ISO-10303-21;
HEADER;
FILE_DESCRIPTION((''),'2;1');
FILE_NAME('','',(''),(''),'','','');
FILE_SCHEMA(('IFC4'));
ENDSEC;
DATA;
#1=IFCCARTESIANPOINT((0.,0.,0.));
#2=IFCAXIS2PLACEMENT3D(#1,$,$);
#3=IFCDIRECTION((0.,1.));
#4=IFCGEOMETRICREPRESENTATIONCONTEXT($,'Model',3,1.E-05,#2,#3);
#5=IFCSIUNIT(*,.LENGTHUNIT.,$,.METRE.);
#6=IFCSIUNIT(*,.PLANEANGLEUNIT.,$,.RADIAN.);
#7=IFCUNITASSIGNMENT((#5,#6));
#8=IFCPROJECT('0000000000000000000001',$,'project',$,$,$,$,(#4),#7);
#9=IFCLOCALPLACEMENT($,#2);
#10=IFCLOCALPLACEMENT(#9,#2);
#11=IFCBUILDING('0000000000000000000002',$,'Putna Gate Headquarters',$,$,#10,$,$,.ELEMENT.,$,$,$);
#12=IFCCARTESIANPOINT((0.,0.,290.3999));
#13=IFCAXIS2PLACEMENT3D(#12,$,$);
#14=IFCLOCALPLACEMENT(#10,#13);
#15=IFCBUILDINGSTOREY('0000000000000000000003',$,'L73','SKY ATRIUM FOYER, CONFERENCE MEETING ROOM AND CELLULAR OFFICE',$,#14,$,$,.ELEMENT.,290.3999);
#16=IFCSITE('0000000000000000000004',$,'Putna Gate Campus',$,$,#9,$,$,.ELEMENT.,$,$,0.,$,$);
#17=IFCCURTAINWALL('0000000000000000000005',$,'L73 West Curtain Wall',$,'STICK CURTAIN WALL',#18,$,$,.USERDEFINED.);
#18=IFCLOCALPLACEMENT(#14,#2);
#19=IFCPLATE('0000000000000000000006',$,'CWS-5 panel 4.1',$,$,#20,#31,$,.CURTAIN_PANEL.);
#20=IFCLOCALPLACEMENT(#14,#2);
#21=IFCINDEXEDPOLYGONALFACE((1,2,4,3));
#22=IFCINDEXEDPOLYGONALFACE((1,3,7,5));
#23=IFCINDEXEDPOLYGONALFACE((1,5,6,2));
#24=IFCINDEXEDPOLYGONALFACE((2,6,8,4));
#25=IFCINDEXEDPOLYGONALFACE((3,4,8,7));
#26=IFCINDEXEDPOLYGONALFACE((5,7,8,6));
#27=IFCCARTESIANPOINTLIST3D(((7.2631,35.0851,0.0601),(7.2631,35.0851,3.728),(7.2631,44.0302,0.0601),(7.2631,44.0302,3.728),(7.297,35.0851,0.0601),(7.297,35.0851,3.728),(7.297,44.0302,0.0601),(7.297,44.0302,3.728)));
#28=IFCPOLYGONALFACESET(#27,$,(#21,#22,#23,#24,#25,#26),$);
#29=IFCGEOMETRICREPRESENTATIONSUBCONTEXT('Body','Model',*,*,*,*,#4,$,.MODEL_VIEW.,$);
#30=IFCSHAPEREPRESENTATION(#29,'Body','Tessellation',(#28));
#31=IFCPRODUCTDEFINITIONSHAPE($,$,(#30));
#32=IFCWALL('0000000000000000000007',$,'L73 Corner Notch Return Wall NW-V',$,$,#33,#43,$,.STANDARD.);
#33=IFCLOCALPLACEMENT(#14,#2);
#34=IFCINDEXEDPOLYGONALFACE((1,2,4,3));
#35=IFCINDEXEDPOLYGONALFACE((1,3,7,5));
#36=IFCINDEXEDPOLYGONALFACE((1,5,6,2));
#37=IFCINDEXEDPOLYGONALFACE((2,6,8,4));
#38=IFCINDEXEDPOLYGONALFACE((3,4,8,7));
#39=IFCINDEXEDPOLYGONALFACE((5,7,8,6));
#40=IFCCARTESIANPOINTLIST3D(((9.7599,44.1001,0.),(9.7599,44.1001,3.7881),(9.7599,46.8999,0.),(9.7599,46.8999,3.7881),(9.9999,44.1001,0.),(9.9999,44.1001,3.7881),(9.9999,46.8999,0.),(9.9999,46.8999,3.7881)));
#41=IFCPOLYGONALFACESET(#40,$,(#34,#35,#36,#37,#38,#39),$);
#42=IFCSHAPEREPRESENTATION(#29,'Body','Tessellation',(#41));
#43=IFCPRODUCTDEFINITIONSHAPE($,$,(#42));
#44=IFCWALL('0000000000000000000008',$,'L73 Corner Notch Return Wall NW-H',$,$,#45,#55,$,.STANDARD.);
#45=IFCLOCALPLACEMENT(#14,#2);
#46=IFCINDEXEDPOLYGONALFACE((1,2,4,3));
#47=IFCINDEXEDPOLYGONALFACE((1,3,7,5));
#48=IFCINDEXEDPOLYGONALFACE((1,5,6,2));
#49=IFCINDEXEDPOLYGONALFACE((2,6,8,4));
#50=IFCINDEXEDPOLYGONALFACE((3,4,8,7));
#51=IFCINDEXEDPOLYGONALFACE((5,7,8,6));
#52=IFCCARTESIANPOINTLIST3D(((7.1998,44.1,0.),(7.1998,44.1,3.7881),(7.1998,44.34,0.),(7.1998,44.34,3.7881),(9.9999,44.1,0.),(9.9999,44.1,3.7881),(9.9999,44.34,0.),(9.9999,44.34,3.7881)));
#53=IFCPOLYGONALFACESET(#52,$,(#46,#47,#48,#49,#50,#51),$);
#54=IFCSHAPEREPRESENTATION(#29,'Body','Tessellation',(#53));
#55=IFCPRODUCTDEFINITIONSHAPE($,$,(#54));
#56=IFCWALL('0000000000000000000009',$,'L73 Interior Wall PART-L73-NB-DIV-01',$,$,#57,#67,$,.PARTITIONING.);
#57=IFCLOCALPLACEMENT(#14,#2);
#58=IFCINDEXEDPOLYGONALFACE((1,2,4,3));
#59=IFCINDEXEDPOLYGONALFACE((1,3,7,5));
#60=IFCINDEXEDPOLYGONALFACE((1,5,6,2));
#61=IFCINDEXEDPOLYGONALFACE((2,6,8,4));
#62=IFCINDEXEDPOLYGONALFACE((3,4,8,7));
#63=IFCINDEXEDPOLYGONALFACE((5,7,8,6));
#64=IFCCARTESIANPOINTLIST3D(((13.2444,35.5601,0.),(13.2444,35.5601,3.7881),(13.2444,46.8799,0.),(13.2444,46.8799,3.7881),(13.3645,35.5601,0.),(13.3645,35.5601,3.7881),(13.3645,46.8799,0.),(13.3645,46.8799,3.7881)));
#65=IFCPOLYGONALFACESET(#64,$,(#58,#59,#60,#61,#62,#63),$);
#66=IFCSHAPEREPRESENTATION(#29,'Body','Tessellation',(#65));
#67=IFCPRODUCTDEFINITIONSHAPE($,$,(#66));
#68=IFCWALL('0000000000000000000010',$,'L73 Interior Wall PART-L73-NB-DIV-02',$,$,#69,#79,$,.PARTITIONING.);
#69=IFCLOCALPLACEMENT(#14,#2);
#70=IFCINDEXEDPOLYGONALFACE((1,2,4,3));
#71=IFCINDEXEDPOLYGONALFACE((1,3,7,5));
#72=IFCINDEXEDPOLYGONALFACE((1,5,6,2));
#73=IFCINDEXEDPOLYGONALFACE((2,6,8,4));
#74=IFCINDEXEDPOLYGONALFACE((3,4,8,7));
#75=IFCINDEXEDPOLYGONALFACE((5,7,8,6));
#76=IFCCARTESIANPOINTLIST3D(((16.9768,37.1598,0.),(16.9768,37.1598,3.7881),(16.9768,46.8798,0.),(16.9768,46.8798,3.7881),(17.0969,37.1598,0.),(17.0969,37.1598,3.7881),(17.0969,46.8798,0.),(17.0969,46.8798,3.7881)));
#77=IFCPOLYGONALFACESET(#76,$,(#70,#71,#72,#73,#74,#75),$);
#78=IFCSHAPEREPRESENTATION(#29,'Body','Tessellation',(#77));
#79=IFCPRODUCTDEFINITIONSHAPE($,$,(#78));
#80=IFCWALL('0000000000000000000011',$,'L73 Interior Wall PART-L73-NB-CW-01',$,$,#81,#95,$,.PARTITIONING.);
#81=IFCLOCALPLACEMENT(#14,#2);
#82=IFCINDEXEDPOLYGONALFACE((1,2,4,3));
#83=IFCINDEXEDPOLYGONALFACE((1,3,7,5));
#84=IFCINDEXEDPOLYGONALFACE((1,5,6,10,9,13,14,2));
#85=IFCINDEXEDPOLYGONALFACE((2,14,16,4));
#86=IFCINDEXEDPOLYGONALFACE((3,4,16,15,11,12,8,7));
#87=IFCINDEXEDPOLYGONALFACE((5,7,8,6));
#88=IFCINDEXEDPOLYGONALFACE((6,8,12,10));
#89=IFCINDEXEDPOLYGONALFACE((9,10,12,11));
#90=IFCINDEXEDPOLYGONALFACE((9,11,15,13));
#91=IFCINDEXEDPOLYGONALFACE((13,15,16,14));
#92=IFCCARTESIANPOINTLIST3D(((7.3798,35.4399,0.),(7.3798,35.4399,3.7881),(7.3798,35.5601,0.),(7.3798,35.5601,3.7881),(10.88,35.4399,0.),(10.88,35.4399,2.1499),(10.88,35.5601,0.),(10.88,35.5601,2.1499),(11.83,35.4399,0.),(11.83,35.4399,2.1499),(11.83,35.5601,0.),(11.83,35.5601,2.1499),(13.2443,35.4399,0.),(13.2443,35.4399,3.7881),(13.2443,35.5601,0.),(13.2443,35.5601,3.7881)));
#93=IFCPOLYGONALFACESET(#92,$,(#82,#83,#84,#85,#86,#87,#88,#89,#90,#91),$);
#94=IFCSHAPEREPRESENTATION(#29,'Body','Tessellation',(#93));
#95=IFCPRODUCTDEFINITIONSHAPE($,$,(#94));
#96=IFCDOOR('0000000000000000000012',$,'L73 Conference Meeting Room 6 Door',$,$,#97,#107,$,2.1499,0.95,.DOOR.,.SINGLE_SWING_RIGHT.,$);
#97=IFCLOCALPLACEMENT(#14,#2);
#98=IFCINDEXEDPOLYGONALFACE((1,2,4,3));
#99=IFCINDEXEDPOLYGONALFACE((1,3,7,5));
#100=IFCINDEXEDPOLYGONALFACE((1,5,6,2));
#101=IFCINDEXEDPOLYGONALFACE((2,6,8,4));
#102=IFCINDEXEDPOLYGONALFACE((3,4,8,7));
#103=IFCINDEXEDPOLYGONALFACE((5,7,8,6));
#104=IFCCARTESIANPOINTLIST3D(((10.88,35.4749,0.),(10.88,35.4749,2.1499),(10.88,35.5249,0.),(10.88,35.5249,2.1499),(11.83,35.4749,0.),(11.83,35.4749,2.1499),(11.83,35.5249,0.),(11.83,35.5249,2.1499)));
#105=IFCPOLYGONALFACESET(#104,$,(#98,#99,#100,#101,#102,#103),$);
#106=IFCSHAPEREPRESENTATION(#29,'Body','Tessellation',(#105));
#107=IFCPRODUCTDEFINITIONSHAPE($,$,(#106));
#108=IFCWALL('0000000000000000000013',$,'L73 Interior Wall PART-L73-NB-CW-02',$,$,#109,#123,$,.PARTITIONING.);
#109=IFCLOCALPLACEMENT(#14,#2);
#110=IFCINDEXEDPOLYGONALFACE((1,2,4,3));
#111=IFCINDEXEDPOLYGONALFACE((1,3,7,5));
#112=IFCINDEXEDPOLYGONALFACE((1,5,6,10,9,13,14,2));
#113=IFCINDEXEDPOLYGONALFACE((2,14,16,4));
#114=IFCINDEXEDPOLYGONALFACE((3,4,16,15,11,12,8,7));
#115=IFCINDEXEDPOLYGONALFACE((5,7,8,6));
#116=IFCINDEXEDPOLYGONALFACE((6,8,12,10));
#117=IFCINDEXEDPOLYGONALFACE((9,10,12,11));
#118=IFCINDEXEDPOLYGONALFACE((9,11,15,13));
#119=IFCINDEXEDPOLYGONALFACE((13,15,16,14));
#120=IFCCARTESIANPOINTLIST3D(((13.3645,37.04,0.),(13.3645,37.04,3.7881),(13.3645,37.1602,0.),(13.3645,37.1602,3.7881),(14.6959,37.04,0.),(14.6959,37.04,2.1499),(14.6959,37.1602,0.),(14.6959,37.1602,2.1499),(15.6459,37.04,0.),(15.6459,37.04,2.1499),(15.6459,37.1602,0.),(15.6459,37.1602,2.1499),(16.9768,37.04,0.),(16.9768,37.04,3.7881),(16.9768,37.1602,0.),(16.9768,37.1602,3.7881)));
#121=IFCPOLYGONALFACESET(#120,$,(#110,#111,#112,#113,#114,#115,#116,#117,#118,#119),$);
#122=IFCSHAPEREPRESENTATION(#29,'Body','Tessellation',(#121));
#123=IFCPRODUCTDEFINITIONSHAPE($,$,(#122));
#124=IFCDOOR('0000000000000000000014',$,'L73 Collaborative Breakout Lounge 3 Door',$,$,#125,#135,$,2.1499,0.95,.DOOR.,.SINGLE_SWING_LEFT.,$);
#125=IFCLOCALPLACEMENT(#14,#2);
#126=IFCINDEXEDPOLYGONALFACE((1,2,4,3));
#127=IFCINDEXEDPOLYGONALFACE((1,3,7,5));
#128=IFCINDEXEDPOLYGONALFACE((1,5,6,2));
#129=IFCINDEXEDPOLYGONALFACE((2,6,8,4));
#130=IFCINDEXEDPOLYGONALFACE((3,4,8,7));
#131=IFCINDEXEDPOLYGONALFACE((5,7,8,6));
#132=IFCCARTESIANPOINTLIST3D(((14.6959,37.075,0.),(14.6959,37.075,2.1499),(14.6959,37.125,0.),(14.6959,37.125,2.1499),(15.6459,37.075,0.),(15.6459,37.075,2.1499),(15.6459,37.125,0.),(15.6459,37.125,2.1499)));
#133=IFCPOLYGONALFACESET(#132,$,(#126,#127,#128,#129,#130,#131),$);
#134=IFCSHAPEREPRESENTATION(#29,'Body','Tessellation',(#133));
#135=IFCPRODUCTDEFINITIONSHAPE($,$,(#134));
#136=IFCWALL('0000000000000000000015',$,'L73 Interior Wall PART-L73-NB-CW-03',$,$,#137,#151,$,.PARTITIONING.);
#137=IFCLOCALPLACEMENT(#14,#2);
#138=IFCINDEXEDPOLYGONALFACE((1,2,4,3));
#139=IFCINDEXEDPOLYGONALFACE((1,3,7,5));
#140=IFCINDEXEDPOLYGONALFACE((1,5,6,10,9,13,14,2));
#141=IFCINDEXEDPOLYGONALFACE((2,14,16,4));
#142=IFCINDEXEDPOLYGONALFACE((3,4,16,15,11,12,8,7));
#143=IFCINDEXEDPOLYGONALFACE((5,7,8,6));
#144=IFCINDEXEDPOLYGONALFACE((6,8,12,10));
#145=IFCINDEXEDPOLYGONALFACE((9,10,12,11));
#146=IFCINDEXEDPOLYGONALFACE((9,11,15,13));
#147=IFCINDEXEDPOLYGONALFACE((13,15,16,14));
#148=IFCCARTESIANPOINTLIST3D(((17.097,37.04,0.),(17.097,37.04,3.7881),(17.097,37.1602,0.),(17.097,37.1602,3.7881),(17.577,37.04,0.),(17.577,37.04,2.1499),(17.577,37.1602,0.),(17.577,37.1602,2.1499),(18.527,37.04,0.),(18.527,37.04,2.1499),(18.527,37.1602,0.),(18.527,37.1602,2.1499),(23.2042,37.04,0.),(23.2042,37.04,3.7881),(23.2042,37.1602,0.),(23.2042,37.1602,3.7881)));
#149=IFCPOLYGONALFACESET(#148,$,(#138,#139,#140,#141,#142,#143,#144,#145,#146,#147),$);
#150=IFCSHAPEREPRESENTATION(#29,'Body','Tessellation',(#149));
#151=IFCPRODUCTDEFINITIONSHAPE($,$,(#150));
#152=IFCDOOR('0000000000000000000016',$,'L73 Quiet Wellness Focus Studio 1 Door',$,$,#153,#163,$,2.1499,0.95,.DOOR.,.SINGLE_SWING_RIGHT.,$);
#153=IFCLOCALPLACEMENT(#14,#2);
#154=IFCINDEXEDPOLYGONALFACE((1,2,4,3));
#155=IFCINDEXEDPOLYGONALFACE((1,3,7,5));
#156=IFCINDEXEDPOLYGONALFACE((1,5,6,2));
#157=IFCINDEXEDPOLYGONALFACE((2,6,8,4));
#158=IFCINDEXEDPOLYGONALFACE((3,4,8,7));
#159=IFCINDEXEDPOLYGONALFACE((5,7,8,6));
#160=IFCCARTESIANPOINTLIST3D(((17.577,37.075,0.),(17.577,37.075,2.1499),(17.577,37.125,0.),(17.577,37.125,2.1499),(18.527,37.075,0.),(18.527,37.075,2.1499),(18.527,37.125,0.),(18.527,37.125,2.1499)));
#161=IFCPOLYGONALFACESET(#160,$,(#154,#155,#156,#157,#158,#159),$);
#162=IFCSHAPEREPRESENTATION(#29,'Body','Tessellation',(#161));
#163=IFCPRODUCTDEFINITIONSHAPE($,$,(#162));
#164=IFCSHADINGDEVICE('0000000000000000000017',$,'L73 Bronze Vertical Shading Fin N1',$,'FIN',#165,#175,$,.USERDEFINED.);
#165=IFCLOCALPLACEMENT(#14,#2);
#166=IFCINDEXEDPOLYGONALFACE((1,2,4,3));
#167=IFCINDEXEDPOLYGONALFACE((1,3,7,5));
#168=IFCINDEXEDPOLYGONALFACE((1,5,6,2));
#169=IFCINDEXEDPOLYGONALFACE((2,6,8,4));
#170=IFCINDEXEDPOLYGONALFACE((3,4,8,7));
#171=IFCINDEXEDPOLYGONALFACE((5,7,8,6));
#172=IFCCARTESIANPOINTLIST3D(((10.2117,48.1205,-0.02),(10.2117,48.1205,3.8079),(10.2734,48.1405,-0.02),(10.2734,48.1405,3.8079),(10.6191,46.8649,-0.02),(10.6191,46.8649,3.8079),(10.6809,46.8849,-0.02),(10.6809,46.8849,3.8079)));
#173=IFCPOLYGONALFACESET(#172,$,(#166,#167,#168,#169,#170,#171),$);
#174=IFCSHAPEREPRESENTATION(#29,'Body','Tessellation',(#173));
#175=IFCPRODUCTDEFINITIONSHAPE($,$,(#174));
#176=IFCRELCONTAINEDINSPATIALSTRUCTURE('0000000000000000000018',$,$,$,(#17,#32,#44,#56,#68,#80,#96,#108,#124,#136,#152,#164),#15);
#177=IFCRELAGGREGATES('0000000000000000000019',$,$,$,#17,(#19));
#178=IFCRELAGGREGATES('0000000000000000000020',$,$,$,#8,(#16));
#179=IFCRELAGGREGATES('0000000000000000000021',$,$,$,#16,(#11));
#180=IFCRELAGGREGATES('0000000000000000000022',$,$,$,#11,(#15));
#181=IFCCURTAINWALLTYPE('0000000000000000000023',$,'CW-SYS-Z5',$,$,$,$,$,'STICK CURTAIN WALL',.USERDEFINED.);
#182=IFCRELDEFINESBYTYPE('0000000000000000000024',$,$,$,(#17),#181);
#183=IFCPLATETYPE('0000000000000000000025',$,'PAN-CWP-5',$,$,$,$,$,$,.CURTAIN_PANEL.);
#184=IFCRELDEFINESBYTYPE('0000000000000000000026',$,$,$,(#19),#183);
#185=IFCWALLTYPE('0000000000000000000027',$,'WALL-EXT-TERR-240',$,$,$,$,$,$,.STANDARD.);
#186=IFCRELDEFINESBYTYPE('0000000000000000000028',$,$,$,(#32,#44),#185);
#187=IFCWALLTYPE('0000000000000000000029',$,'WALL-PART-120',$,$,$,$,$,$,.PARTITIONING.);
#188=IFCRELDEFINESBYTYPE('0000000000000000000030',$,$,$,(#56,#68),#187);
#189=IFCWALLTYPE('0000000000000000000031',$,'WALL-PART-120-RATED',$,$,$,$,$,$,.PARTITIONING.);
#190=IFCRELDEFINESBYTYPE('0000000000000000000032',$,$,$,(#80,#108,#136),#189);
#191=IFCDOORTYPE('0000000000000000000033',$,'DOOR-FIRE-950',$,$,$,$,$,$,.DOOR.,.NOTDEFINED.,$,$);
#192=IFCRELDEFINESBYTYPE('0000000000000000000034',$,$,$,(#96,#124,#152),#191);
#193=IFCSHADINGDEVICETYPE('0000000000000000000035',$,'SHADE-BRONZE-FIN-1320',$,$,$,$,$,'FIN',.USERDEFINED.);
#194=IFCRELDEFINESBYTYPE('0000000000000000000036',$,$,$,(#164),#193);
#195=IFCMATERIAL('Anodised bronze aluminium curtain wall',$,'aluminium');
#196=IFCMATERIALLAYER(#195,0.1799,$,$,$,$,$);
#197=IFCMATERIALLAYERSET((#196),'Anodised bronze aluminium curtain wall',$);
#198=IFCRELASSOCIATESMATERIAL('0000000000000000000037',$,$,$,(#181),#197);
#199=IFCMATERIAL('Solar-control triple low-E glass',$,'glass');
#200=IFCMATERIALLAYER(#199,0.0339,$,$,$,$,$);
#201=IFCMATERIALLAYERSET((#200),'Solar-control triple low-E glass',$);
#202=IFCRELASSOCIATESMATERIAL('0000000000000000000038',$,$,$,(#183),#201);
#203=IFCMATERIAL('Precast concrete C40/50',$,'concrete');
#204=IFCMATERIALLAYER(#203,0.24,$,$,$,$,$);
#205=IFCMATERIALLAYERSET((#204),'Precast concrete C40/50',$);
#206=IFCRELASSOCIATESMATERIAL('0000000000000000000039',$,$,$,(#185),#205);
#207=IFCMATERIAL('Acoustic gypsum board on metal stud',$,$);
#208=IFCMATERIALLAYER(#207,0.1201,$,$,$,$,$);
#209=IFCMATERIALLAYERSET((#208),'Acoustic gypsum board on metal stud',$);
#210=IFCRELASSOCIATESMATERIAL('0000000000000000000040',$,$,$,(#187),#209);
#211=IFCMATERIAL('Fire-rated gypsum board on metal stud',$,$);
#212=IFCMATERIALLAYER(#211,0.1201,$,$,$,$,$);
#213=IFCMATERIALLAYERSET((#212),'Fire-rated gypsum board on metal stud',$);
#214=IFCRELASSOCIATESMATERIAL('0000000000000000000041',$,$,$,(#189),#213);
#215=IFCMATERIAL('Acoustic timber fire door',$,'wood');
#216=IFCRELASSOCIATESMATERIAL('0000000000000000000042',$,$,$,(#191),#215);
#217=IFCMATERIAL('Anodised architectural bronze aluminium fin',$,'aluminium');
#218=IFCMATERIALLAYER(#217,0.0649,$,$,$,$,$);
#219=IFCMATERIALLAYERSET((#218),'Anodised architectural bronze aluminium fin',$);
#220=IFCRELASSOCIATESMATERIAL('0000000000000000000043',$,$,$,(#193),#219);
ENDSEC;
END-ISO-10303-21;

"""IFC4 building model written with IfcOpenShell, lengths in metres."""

from ifc_helpers import new_model, si_unit, direction, frame, frame_2d, origin, origin_2d, place, context, subcontext, project, spatial, rectangle, extrude, material, layer, layer_set, type_object, element, fill, aggregate, save


model = new_model("IFC4")

# Units and contexts
model_context = context("Model", 3, precision=1e-05, world=origin(), true_north=direction((0.0, 1.0)))
body_context = subcontext(model_context, "Body", "Model", "MODEL_VIEW")
ifc_project = project(units=[si_unit("LENGTHUNIT", "METRE"), si_unit("PLANEANGLEUNIT", "RADIAN")], contexts=[model_context])

# Site, building, storey
site_placement = place(None, origin())
site = spatial("IfcSite", under=ifc_project, at=site_placement, Name="Putna Gate Campus", CompositionType="ELEMENT", RefElevation=0.0)
building_placement = place(site_placement, origin())
building = spatial("IfcBuilding", under=site, at=building_placement, Name="Putna Gate Headquarters", CompositionType="ELEMENT")
storey_placement = place(building_placement, frame((0.0, 0.0, 290.3999)))
storey = spatial("IfcBuildingStorey", under=building, at=storey_placement, Name="L73", Description="SKY ATRIUM FOYER, CONFERENCE MEETING ROOM AND CELLULAR OFFICE", CompositionType="ELEMENT", Elevation=290.3999)

# Shared definitions
ifc_material_1 = material(Name="Anodised bronze aluminium curtain wall", Category="aluminium")
ifc_layer_1 = layer(ifc_material_1, 0.1799)
ifc_layer_set_1 = layer_set([ifc_layer_1], Name="Anodised bronze aluminium curtain wall")
curtain_wall_type = type_object("IfcCurtainWallType", Name="CW-SYS-Z5", ElementType="STICK CURTAIN WALL", PredefinedType="USERDEFINED", material=ifc_layer_set_1)

# Curtain wall
curtain_wall_1_placement = place(storey_placement, origin())
curtain_wall_1 = element("IfcCurtainWall", 1, at=curtain_wall_1_placement, inside=storey, type_object=curtain_wall_type, Name="L73 West Curtain Wall", ObjectType="STICK CURTAIN WALL", PredefinedType="USERDEFINED")

# Plate
ifc_material_2 = material(Name="Solar-control triple low-E glass", Category="glass")
ifc_layer_2 = layer(ifc_material_2, 0.0339)
ifc_layer_set_2 = layer_set([ifc_layer_2], Name="Solar-control triple low-E glass")
plate_type = type_object("IfcPlateType", Name="PAN-CWP-5", PredefinedType="CURTAIN_PANEL", material=ifc_layer_set_2)
plate_1_placement = place(storey_placement, frame((7.28, 39.5576, 0.0601), z_axis=(0.0, 0.0, 1.0), x_axis=(0.0, 1.0, 0.0)))
plate_1 = element("IfcPlate", 2, at=plate_1_placement, type_object=plate_type, Name="CWS-5 panel 4.1", PredefinedType="CURTAIN_PANEL", context=body_context, shape_type="SweptSolid", body=[
    extrude(rectangle(XDim=8.9451, YDim=0.0339, at=origin_2d()), origin(), (0.0, 0.0, 1.0), 3.668),
])
aggregate(curtain_wall_1, [plate_1])

# Walls
ifc_material_3 = material(Name="Precast concrete C40/50", Category="concrete")
ifc_layer_3 = layer(ifc_material_3, 0.24)
ifc_layer_set_3 = layer_set([ifc_layer_3], Name="Precast concrete C40/50")
wall_type_1 = type_object("IfcWallType", Name="WALL-EXT-TERR-240", PredefinedType="STANDARD", material=ifc_layer_set_3)
wall_1_placement = place(storey_placement, frame((9.8799, 44.1001, 0.0), z_axis=(0.0, 0.0, 1.0), x_axis=(0.0, 1.0, 0.0)))
element("IfcWall", 3, at=wall_1_placement, inside=storey, type_object=wall_type_1, Name="L73 Corner Notch Return Wall NW-V", PredefinedType="STANDARD", context=body_context, shape_type="SweptSolid", body=[
    extrude(rectangle(XDim=2.7998, YDim=0.24, at=frame_2d((1.3999, 0.0))), origin(), (0.0, 0.0, 1.0), 3.7881),
])
wall_2_placement = place(storey_placement, frame((7.2, 44.22, 0.0), z_axis=(0.0, 0.0, 1.0), x_axis=(1.0, 0.0, 0.0)))
element("IfcWall", 4, at=wall_2_placement, inside=storey, type_object=wall_type_1, Name="L73 Corner Notch Return Wall NW-H", PredefinedType="STANDARD", context=body_context, shape_type="SweptSolid", body=[
    extrude(rectangle(XDim=2.8, YDim=0.24, at=frame_2d((1.3999, 0.0))), origin(), (0.0, 0.0, 1.0), 3.7881),
])
ifc_material_4 = material(Name="Acoustic gypsum board on metal stud")
ifc_layer_4 = layer(ifc_material_4, 0.1201)
ifc_layer_set_4 = layer_set([ifc_layer_4], Name="Acoustic gypsum board on metal stud")
wall_type_2 = type_object("IfcWallType", Name="WALL-PART-120", PredefinedType="PARTITIONING", material=ifc_layer_set_4)
wall_3_placement = place(storey_placement, frame((13.3044, 35.5601, 0.0), z_axis=(0.0, 0.0, 1.0), x_axis=(0.0, 1.0, 0.0)))
element("IfcWall", 5, at=wall_3_placement, inside=storey, type_object=wall_type_2, Name="L73 Interior Wall PART-L73-NB-DIV-01", PredefinedType="PARTITIONING", context=body_context, shape_type="SweptSolid", body=[
    extrude(rectangle(XDim=11.3198, YDim=0.1201, at=frame_2d((5.6599, 0.0))), origin(), (0.0, 0.0, 1.0), 3.7881),
])
wall_4_placement = place(storey_placement, frame((17.0369, 37.1599, 0.0), z_axis=(0.0, 0.0, 1.0), x_axis=(0.0, 1.0, 0.0)))
element("IfcWall", 6, at=wall_4_placement, inside=storey, type_object=wall_type_2, Name="L73 Interior Wall PART-L73-NB-DIV-02", PredefinedType="PARTITIONING", context=body_context, shape_type="SweptSolid", body=[
    extrude(rectangle(XDim=9.72, YDim=0.1201, at=frame_2d((4.8599, 0.0))), origin(), (0.0, 0.0, 1.0), 3.7881),
])

# Walls, openings, doors
ifc_material_5 = material(Name="Fire-rated gypsum board on metal stud")
ifc_layer_5 = layer(ifc_material_5, 0.1201)
ifc_layer_set_5 = layer_set([ifc_layer_5], Name="Fire-rated gypsum board on metal stud")
wall_type_3 = type_object("IfcWallType", Name="WALL-PART-120-RATED", PredefinedType="PARTITIONING", material=ifc_layer_set_5)
wall_5_placement = place(storey_placement, frame((7.3799, 35.5, 0.0), z_axis=(0.0, 0.0, 1.0), x_axis=(1.0, 0.0, 0.0)))
wall_5 = element("IfcWall", 7, at=wall_5_placement, inside=storey, type_object=wall_type_3, Name="L73 Interior Wall PART-L73-NB-CW-01", PredefinedType="PARTITIONING", context=body_context, shape_type="SweptSolid", body=[
    extrude(rectangle(XDim=5.8645, YDim=0.1201, at=frame_2d((2.9321, 0.0))), origin(), (0.0, 0.0, 1.0), 3.7881),
])
opening_1_placement = place(wall_5_placement, frame((3.5, 0.0, 0.0)))
opening_1 = element("IfcOpeningElement", 8, at=opening_1_placement, cuts=wall_5, PredefinedType="OPENING", context=body_context, shape_type="SweptSolid", body=[
    extrude(rectangle(XDim=0.95, YDim=2.1499, at=frame_2d((0.4751, 1.075))), frame((0.0, 0.0701, 0.0), z_axis=(0.0, -1.0, 0.0), x_axis=(1.0, 0.0, 0.0)), (0.0, 0.0, 1.0), 0.1401),
])
ifc_material_6 = material(Name="Acoustic timber fire door", Category="wood")
door_type = type_object("IfcDoorType", Name="DOOR-FIRE-950", OperationType="NOTDEFINED", PredefinedType="DOOR", material=ifc_material_6)
door_1_placement = place(opening_1_placement, origin())
door_1 = element("IfcDoor", 9, at=door_1_placement, inside=storey, type_object=door_type, Name="L73 Conference Meeting Room 6 Door", OperationType="SINGLE_SWING_RIGHT", OverallHeight=2.1499, OverallWidth=0.95, PredefinedType="DOOR", context=body_context, shape_type="SweptSolid", body=[
    extrude(rectangle(XDim=0.95, YDim=2.1499, at=frame_2d((0.4751, 1.075))), frame((0.0, 0.0249, 0.0), z_axis=(0.0, -1.0, 0.0), x_axis=(1.0, 0.0, 0.0)), (0.0, 0.0, 1.0), 0.05),
])
fill(opening_1, door_1)
wall_6_placement = place(storey_placement, frame((13.3645, 37.1001, 0.0), z_axis=(0.0, 0.0, 1.0), x_axis=(1.0, 0.0, 0.0)))
wall_6 = element("IfcWall", 10, at=wall_6_placement, inside=storey, type_object=wall_type_3, Name="L73 Interior Wall PART-L73-NB-CW-02", PredefinedType="PARTITIONING", context=body_context, shape_type="SweptSolid", body=[
    extrude(rectangle(XDim=3.6123, YDim=0.1201, at=frame_2d((1.8062, 0.0))), origin(), (0.0, 0.0, 1.0), 3.7881),
])
opening_2_placement = place(wall_6_placement, frame((1.3313, 0.0, 0.0)))
opening_2 = element("IfcOpeningElement", 11, at=opening_2_placement, cuts=wall_6, PredefinedType="OPENING", context=body_context, shape_type="SweptSolid", body=[
    extrude(rectangle(XDim=0.95, YDim=2.1499, at=frame_2d((0.4751, 1.075))), frame((0.0, 0.0701, 0.0), z_axis=(0.0, -1.0, 0.0), x_axis=(1.0, 0.0, 0.0)), (0.0, 0.0, 1.0), 0.1401),
])
door_2_placement = place(opening_2_placement, origin())
door_2 = element("IfcDoor", 12, at=door_2_placement, inside=storey, type_object=door_type, Name="L73 Collaborative Breakout Lounge 3 Door", OperationType="SINGLE_SWING_LEFT", OverallHeight=2.1499, OverallWidth=0.95, PredefinedType="DOOR", context=body_context, shape_type="SweptSolid", body=[
    extrude(rectangle(XDim=0.95, YDim=2.1499, at=frame_2d((0.4751, 1.075))), frame((0.0, 0.0249, 0.0), z_axis=(0.0, -1.0, 0.0), x_axis=(1.0, 0.0, 0.0)), (0.0, 0.0, 1.0), 0.05),
])
fill(opening_2, door_2)
wall_7_placement = place(storey_placement, frame((17.0969, 37.1001, 0.0), z_axis=(0.0, 0.0, 1.0), x_axis=(1.0, 0.0, 0.0)))
wall_7 = element("IfcWall", 13, at=wall_7_placement, inside=storey, type_object=wall_type_3, Name="L73 Interior Wall PART-L73-NB-CW-03", PredefinedType="PARTITIONING", context=body_context, shape_type="SweptSolid", body=[
    extrude(rectangle(XDim=6.1072, YDim=0.1201, at=frame_2d((3.0537, 0.0))), origin(), (0.0, 0.0, 1.0), 3.7881),
])
opening_3_placement = place(wall_7_placement, frame((0.48, 0.0, 0.0)))
opening_3 = element("IfcOpeningElement", 14, at=opening_3_placement, cuts=wall_7, PredefinedType="OPENING", context=body_context, shape_type="SweptSolid", body=[
    extrude(rectangle(XDim=0.95, YDim=2.1499, at=frame_2d((0.4751, 1.075))), frame((0.0, 0.0701, 0.0), z_axis=(0.0, -1.0, 0.0), x_axis=(1.0, 0.0, 0.0)), (0.0, 0.0, 1.0), 0.1401),
])
door_3_placement = place(opening_3_placement, origin())
door_3 = element("IfcDoor", 15, at=door_3_placement, inside=storey, type_object=door_type, Name="L73 Quiet Wellness Focus Studio 1 Door", OperationType="SINGLE_SWING_RIGHT", OverallHeight=2.1499, OverallWidth=0.95, PredefinedType="DOOR", context=body_context, shape_type="SweptSolid", body=[
    extrude(rectangle(XDim=0.95, YDim=2.1499, at=frame_2d((0.4751, 1.075))), frame((0.0, 0.0249, 0.0), z_axis=(0.0, -1.0, 0.0), x_axis=(1.0, 0.0, 0.0)), (0.0, 0.0, 1.0), 0.05),
])
fill(opening_3, door_3)

# Shading device
ifc_material_7 = material(Name="Anodised architectural bronze aluminium fin", Category="aluminium")
ifc_layer_6 = layer(ifc_material_7, 0.0649)
ifc_layer_set_6 = layer_set([ifc_layer_6], Name="Anodised architectural bronze aluminium fin")
shading_device_type = type_object("IfcShadingDeviceType", Name="SHADE-BRONZE-FIN-1320", ElementType="FIN", PredefinedType="USERDEFINED", material=ifc_layer_set_6)
for number, where, z_axis, x_axis, name in (
    (16, (10.4463, 47.5027, -0.02), (0.0, 0.0, 1.0), (-0.308685, 0.951164, 0.0), "L73 Bronze Vertical Shading Fin N1"),
):
    element("IfcShadingDevice", number, at=place(storey_placement, frame(where, z_axis=z_axis, x_axis=x_axis)), inside=storey, type_object=shading_device_type, Name=name, ObjectType="FIN", PredefinedType="USERDEFINED", context=body_context, shape_type="SweptSolid", body=[
        extrude(rectangle(XDim=1.3201, YDim=0.0649, at=origin_2d()), origin(), (0.0, 0.0, 1.0), 3.8279),
    ])

save(model, "model.ifc")
